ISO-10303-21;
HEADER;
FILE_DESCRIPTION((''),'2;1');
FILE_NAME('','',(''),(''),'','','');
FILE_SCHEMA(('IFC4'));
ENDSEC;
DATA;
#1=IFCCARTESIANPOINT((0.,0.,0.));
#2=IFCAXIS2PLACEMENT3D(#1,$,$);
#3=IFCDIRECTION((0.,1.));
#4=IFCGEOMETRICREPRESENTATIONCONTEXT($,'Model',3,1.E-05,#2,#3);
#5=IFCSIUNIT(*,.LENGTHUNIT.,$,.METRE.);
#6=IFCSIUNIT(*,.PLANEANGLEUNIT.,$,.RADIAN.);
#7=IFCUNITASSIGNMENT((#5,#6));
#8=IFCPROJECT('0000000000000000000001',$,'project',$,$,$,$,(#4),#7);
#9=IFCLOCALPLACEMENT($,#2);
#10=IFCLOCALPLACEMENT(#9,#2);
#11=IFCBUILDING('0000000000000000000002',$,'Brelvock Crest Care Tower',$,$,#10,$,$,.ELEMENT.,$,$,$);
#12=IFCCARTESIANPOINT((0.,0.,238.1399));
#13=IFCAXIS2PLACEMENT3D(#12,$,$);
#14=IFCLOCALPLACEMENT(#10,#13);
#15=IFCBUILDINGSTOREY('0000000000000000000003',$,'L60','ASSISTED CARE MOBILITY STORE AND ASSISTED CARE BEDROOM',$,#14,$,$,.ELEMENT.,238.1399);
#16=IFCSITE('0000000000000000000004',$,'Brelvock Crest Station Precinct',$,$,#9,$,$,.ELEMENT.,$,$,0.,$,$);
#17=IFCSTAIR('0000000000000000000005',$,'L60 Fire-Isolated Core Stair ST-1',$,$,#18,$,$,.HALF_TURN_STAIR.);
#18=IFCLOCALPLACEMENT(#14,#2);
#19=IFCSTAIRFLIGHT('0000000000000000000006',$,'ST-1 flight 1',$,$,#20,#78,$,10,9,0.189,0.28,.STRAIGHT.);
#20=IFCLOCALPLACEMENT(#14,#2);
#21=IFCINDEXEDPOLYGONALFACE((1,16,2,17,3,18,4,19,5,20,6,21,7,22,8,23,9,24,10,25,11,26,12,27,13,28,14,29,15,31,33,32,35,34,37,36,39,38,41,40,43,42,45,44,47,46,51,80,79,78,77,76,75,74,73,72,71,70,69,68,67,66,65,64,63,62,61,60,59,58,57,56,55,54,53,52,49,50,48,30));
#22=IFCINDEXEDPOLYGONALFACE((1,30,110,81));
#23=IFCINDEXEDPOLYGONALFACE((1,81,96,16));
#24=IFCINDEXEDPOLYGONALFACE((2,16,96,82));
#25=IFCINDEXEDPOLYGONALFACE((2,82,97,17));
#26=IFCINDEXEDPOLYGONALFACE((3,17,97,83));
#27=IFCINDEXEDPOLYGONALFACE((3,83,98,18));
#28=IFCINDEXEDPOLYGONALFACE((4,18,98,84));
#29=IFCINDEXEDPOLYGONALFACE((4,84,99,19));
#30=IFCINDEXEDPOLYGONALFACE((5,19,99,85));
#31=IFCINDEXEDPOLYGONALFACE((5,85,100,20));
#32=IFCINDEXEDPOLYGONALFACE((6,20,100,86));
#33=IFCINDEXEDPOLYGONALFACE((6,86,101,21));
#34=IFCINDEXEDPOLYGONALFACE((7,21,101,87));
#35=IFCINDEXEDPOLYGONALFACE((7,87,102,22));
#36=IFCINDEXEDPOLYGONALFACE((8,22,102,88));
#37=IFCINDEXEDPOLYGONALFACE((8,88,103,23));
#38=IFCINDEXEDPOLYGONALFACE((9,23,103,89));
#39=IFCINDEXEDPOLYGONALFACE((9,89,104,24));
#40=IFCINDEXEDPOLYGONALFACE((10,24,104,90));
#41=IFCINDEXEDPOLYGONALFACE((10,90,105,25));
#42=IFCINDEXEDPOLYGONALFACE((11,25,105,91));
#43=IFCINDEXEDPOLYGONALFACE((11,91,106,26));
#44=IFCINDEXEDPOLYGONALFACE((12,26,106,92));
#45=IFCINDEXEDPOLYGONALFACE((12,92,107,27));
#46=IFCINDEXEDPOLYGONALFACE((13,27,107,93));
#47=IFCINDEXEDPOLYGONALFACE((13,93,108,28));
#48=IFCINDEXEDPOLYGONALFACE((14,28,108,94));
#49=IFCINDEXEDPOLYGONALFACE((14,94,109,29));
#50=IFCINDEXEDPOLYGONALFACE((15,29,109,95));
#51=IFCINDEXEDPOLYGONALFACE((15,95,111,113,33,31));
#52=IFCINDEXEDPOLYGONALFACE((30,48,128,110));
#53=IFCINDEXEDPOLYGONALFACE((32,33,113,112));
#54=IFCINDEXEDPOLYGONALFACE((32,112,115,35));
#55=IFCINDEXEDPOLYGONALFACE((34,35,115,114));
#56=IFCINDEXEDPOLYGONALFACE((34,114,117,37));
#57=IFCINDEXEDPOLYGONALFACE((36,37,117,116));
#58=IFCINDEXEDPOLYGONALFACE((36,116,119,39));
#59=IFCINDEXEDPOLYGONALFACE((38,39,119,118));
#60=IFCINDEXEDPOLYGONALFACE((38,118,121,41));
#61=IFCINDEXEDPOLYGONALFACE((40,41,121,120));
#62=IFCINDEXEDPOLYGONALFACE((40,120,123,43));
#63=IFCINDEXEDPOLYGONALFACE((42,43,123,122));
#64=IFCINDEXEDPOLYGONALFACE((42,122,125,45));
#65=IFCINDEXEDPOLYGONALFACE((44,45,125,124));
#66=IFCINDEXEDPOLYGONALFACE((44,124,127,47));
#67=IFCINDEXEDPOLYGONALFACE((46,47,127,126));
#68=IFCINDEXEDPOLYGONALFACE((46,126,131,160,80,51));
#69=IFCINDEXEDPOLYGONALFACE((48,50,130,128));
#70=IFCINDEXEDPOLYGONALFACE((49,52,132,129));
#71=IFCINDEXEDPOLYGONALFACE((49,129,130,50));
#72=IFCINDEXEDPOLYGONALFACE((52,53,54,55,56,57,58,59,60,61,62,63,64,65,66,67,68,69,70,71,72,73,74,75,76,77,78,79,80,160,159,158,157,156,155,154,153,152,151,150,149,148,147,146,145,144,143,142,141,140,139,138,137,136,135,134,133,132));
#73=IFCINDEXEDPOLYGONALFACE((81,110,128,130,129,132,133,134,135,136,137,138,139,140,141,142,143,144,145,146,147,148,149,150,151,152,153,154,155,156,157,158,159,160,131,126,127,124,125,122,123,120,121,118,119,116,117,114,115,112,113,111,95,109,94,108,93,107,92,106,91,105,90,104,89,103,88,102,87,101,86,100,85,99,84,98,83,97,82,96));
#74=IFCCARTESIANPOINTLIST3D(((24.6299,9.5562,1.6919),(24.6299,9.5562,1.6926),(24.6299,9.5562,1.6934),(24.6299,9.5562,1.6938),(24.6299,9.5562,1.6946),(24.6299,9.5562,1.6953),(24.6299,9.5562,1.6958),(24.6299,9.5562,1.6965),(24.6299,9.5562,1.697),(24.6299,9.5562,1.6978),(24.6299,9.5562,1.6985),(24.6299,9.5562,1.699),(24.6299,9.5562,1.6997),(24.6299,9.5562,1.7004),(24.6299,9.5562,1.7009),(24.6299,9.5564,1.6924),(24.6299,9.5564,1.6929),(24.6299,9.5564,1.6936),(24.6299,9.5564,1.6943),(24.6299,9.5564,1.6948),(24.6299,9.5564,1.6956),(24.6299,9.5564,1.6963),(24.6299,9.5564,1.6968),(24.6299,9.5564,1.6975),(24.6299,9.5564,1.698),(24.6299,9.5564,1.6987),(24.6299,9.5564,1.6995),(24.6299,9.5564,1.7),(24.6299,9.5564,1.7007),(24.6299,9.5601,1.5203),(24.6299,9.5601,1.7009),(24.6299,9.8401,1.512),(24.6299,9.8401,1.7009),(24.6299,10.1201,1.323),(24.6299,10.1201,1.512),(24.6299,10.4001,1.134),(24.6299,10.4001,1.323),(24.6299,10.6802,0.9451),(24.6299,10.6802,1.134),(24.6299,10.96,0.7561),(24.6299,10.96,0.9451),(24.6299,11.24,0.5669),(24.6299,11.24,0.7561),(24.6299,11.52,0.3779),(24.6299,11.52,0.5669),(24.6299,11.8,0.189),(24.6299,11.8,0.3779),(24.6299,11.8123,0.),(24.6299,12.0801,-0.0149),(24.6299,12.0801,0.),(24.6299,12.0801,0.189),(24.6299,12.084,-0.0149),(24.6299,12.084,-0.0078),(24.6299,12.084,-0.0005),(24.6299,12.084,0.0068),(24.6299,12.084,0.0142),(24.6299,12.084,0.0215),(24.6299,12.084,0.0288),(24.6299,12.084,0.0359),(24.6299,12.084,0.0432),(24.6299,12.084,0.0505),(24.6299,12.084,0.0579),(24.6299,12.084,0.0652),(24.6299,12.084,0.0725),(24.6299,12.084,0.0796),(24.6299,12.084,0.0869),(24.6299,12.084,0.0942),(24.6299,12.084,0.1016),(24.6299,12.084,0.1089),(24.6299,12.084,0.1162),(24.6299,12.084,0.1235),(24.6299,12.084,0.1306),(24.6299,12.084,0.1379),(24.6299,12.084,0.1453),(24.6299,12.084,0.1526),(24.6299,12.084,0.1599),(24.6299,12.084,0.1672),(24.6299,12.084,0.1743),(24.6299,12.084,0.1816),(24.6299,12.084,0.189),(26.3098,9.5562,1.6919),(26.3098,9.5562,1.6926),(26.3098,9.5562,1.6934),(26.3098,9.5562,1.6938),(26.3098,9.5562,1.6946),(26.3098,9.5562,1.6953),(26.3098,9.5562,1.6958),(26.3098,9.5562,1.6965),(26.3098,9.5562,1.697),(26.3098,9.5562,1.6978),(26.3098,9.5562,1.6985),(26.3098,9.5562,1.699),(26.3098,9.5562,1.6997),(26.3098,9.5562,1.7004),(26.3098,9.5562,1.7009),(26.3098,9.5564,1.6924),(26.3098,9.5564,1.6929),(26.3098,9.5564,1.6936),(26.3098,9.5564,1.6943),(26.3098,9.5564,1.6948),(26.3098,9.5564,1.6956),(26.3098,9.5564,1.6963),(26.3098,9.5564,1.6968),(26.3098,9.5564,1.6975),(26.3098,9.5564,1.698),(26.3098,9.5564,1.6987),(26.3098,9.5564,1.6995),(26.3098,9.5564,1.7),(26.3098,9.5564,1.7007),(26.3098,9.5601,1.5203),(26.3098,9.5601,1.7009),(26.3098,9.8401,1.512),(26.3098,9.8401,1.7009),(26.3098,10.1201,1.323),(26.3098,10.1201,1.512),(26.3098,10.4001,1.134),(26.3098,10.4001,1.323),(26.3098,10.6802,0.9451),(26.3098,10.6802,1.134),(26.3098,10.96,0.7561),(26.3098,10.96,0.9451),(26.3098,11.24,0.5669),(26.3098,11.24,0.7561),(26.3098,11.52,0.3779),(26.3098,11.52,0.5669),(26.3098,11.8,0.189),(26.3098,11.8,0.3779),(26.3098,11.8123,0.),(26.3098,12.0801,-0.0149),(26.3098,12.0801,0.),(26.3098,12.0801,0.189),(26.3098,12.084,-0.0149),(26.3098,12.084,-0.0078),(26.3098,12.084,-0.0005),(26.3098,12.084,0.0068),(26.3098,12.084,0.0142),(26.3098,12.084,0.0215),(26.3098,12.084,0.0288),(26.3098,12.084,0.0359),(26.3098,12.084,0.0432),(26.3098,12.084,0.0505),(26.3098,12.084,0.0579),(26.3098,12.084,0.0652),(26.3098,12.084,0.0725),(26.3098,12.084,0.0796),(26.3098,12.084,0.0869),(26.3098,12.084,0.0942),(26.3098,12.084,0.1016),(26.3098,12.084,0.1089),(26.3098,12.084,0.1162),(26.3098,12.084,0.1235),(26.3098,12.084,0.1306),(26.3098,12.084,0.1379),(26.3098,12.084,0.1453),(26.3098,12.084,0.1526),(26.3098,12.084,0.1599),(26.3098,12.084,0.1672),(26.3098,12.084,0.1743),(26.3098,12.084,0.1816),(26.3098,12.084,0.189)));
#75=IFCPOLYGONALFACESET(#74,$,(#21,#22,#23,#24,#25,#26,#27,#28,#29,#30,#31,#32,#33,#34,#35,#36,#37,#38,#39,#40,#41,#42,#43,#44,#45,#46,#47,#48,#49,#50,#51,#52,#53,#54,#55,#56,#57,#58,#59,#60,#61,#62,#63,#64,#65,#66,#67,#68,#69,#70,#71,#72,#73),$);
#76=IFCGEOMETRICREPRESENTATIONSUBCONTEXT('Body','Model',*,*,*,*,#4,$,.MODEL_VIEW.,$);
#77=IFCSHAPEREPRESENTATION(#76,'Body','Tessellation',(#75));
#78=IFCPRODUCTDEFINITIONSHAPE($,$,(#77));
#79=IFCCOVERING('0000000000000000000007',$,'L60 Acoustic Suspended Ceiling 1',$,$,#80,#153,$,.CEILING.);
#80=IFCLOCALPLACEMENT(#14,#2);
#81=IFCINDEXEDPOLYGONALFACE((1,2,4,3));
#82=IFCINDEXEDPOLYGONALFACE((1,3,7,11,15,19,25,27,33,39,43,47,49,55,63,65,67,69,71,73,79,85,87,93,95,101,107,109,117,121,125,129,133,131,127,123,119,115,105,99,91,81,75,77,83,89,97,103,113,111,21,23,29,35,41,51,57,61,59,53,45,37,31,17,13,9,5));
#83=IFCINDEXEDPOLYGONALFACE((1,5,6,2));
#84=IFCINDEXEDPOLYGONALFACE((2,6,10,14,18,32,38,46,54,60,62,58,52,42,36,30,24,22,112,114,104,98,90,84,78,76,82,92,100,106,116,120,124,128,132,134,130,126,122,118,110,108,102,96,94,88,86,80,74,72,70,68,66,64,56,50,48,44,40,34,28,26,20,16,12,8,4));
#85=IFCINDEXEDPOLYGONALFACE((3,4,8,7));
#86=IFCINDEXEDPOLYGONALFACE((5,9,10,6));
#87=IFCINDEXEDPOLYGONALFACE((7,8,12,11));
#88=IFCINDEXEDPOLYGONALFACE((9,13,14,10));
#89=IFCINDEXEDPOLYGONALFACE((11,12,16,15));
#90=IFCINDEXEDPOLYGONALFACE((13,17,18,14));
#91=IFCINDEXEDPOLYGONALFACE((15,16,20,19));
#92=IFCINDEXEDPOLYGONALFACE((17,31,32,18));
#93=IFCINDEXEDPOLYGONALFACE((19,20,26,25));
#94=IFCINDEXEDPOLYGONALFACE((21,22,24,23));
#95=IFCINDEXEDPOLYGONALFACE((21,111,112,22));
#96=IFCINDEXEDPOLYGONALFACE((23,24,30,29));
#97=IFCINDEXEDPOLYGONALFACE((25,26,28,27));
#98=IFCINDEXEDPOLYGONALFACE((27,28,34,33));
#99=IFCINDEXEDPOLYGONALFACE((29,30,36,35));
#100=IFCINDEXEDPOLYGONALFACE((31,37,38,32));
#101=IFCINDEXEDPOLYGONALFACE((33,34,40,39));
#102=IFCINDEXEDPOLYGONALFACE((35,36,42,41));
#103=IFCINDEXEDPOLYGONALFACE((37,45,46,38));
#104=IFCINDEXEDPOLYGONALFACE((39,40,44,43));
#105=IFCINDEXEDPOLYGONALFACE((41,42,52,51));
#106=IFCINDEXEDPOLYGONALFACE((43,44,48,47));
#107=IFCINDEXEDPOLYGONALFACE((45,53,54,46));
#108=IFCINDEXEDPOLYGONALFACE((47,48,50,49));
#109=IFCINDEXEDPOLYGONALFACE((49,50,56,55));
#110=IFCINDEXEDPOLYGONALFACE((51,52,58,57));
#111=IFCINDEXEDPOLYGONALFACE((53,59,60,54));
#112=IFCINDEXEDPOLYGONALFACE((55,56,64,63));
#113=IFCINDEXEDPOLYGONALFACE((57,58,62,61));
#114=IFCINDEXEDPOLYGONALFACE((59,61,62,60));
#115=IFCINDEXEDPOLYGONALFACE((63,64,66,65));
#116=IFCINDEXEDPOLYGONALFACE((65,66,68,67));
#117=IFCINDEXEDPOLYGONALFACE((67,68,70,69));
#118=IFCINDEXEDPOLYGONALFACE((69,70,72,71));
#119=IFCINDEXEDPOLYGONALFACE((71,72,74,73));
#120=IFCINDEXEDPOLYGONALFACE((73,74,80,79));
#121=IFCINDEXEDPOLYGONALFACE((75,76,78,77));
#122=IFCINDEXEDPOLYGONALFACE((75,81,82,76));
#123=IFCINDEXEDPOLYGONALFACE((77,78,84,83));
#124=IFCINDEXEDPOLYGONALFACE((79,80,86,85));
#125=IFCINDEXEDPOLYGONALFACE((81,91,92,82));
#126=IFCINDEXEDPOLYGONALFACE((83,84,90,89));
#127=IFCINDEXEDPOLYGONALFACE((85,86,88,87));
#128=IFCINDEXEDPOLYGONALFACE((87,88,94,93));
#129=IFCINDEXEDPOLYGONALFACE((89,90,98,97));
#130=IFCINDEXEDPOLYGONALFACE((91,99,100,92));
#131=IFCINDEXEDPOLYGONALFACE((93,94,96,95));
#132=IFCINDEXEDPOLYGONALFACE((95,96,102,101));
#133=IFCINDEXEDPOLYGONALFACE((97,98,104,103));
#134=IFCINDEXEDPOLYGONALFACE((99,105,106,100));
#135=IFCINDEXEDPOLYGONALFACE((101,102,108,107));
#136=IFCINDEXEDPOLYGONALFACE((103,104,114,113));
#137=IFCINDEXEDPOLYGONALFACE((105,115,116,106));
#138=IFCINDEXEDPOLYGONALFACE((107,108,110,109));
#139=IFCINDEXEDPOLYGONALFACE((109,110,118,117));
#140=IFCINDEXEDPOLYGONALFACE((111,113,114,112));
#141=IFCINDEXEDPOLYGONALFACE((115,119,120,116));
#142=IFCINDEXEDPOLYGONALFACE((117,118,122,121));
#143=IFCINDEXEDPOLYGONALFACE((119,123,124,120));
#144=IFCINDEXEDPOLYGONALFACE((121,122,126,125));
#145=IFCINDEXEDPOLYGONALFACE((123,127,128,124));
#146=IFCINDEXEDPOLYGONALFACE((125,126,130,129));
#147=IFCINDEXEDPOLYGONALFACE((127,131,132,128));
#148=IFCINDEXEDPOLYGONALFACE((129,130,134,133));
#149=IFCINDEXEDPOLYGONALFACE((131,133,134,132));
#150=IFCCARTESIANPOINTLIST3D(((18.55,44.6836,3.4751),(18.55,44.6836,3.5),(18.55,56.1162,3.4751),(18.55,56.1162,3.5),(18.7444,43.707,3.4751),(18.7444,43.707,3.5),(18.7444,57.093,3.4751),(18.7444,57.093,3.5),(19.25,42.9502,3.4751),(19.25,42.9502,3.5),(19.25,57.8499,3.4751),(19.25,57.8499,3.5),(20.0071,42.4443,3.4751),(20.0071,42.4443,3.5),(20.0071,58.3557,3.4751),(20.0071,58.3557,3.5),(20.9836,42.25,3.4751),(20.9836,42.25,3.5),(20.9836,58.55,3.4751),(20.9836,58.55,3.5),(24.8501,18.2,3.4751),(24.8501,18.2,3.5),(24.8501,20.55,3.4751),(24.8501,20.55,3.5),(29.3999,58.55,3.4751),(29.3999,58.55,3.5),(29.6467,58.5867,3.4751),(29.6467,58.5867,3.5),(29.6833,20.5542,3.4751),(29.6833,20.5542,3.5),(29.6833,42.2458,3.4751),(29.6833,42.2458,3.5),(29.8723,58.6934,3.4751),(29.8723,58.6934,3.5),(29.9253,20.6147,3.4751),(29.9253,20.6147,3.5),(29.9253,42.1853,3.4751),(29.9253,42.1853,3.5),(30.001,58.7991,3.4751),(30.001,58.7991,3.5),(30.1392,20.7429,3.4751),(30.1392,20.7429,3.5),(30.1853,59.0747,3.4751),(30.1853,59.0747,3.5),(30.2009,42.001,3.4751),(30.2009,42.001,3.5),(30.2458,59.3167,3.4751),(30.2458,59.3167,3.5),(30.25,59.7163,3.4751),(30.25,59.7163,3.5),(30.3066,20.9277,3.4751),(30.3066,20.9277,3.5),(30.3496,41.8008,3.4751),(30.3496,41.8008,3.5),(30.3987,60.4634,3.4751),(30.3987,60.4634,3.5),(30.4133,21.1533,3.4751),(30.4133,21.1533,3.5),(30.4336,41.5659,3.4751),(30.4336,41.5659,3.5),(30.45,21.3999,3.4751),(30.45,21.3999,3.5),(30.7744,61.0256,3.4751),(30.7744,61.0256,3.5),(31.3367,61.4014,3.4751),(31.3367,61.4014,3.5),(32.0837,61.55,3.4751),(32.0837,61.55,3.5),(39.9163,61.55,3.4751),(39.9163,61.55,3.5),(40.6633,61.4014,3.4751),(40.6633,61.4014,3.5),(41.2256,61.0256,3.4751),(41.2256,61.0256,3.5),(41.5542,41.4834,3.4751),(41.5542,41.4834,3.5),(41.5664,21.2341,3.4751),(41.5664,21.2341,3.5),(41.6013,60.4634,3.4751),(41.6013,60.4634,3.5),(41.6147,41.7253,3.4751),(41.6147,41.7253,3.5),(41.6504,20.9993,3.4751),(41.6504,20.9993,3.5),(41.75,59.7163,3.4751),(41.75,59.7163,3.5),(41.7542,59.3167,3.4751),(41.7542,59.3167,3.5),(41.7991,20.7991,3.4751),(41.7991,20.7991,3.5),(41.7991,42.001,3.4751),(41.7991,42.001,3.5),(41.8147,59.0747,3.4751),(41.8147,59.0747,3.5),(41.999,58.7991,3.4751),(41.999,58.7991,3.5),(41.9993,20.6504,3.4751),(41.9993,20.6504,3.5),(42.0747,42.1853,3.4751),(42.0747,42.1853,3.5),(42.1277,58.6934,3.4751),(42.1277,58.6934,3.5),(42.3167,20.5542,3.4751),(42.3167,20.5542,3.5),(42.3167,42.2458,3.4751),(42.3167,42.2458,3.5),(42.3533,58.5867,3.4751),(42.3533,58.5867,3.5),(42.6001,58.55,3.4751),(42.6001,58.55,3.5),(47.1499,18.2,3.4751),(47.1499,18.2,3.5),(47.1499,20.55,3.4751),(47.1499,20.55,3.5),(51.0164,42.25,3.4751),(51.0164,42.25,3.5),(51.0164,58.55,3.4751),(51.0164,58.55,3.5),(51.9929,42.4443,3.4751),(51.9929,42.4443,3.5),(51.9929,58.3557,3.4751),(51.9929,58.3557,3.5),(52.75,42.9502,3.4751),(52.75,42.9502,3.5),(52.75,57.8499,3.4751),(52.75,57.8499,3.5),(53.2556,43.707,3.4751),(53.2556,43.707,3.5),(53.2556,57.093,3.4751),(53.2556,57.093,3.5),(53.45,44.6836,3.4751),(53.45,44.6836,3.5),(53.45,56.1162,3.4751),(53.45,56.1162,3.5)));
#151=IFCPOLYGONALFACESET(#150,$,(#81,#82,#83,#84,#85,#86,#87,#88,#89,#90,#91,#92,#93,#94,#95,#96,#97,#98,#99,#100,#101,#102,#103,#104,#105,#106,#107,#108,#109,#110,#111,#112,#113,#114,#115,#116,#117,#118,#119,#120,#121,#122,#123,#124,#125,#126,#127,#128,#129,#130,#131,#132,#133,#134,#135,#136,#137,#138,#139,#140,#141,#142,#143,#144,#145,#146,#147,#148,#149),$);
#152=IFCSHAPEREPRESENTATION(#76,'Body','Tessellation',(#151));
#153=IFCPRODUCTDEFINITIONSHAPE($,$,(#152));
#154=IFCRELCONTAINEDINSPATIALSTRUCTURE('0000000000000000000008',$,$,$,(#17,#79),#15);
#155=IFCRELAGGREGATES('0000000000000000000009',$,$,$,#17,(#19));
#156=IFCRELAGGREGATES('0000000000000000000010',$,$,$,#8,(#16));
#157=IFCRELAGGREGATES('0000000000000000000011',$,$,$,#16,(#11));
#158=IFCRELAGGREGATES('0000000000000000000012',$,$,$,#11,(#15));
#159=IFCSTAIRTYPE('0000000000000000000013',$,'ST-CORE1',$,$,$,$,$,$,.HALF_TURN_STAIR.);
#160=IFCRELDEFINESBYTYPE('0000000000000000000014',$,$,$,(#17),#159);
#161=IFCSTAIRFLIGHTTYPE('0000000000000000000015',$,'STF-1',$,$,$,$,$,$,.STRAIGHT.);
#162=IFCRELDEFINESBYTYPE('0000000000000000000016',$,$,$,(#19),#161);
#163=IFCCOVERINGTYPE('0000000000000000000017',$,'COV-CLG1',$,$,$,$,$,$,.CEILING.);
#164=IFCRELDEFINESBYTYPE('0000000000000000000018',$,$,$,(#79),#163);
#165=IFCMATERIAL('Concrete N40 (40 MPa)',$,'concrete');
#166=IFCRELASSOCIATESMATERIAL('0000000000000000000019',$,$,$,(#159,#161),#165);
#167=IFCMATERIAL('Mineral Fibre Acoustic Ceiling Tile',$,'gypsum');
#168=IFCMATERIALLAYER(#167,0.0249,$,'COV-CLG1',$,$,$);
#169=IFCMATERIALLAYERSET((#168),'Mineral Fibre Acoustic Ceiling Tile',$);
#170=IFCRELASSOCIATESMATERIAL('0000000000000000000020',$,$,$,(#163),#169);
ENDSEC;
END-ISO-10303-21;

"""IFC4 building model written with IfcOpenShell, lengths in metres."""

from ifc_helpers import new_model, si_unit, direction, frame, origin, place, context, subcontext, project, spatial, polyline, outline, extrude, material, layer, layer_set, type_object, element, aggregate, save


model = new_model("IFC4")

# Units and contexts
model_context = context("Model", 3, precision=1e-05, world=origin(), true_north=direction((0.0, 1.0)))
body_context = subcontext(model_context, "Body", "Model", "MODEL_VIEW")
ifc_project = project(units=[si_unit("LENGTHUNIT", "METRE"), si_unit("PLANEANGLEUNIT", "RADIAN")], contexts=[model_context])

# Site, building, storey
site_placement = place(None, origin())
site = spatial("IfcSite", under=ifc_project, at=site_placement, Name="Brelvock Crest Station Precinct", CompositionType="ELEMENT", RefElevation=0.0)
building_placement = place(site_placement, origin())
building = spatial("IfcBuilding", under=site, at=building_placement, Name="Brelvock Crest Care Tower", CompositionType="ELEMENT")
storey_placement = place(building_placement, frame((0.0, 0.0, 238.1399)))
storey = spatial("IfcBuildingStorey", under=building, at=storey_placement, Name="L60", Description="ASSISTED CARE MOBILITY STORE AND ASSISTED CARE BEDROOM", CompositionType="ELEMENT", Elevation=238.1399)

# Stair
ifc_material_1 = material(Name="Concrete N40 (40 MPa)", Category="concrete")
stair_type = type_object("IfcStairType", Name="ST-CORE1", PredefinedType="HALF_TURN_STAIR", material=ifc_material_1)
stair_1_placement = place(storey_placement, origin())
stair_1 = element("IfcStair", 1, at=stair_1_placement, inside=storey, type_object=stair_type, Name="L60 Fire-Isolated Core Stair ST-1", PredefinedType="HALF_TURN_STAIR")

# Stair flight
stair_flight_type = type_object("IfcStairFlightType", Name="STF-1", PredefinedType="STRAIGHT", material=ifc_material_1)
stair_flight_placement = place(storey_placement, frame((25.47, 12.0801, 0.0), z_axis=(0.0, 0.0, 1.0), x_axis=(0.0, -1.0, 0.0)))
stair_flight = element("IfcStairFlight", 2, at=stair_flight_placement, type_object=stair_flight_type, Name="ST-1 flight 1", NumberOfRisers=10, NumberOfTreads=9, PredefinedType="STRAIGHT", RiserHeight=0.189, TreadLength=0.28, context=body_context, shape_type="SweptSolid", body=[
    extrude(outline(polyline([(-0.0039, -0.0149), (-0.0039, -0.0078), (-0.0039, -0.0005), (-0.0039, 0.0068), (-0.0039, 0.0142), (-0.0039, 0.0215), (-0.0039, 0.0288), (-0.0039, 0.0359), (-0.0039, 0.0432), (-0.0039, 0.0505), (-0.0039, 0.0579), (-0.0039, 0.0652), (-0.0039, 0.0725), (-0.0039, 0.0796), (-0.0039, 0.0869), (-0.0039, 0.0942), (-0.0039, 0.1016), (-0.0039, 0.1089), (-0.0039, 0.1162), (-0.0039, 0.1235), (-0.0039, 0.1306), (-0.0039, 0.1379), (-0.0039, 0.1453), (-0.0039, 0.1526), (-0.0039, 0.1599), (-0.0039, 0.1672), (-0.0039, 0.1743), (-0.0039, 0.1816), (-0.0039, 0.189), (0.0, 0.189), (0.28, 0.189), (0.28, 0.3779), (0.5601, 0.3779), (0.5601, 0.5669), (0.8401, 0.5669), (0.8401, 0.7561), (1.1201, 0.7561), (1.1201, 0.9451), (1.3999, 0.9451), (1.3999, 1.134), (1.6799, 1.134), (1.6799, 1.323), (1.96, 1.323), (1.96, 1.512), (2.24, 1.512), (2.24, 1.7009), (2.52, 1.7009), (2.5239, 1.7009), (2.5237, 1.7007), (2.5239, 1.7004), (2.5237, 1.7), (2.5239, 1.6997), (2.5237, 1.6995), (2.5239, 1.699), (2.5237, 1.6987), (2.5239, 1.6985), (2.5237, 1.698), (2.5239, 1.6978), (2.5237, 1.6975), (2.5239, 1.697), (2.5237, 1.6968), (2.5239, 1.6965), (2.5237, 1.6963), (2.5239, 1.6958), (2.5237, 1.6956), (2.5239, 1.6953), (2.5237, 1.6948), (2.5239, 1.6946), (2.5237, 1.6943), (2.5239, 1.6938), (2.5237, 1.6936), (2.5239, 1.6934), (2.5237, 1.6929), (2.5239, 1.6926), (2.5237, 1.6924), (2.5239, 1.6919), (2.52, 1.5203), (0.2678, 0.0), (0.0, 0.0), (0.0, -0.0149), (-0.0039, -0.0149)])), frame((0.0, 0.8398, 0.0), z_axis=(0.0, -1.0, 0.0), x_axis=(1.0, 0.0, 0.0)), (0.0, 0.0, 1.0), 1.6799),
])
aggregate(stair_1, [stair_flight])

# Covering
ifc_material_2 = material(Name="Mineral Fibre Acoustic Ceiling Tile", Category="gypsum")
ifc_layer_1 = layer(ifc_material_2, 0.0249, Name="COV-CLG1")
ifc_layer_set_1 = layer_set([ifc_layer_1], Name="Mineral Fibre Acoustic Ceiling Tile")
covering_type_1 = type_object("IfcCoveringType", Name="COV-CLG1", PredefinedType="CEILING", material=ifc_layer_set_1)
covering_1_placement = place(storey_placement, frame((0.0, 0.0, 3.4751)))
element("IfcCovering", 3, at=covering_1_placement, inside=storey, type_object=covering_type_1, Name="L60 Acoustic Suspended Ceiling 1", PredefinedType="CEILING", context=body_context, shape_type="SweptSolid", body=[
    extrude(outline(polyline([(24.8501, 18.2), (47.1499, 18.2), (47.1499, 20.55), (42.3167, 20.5542), (41.9993, 20.6504), (41.7991, 20.7991), (41.6504, 20.9993), (41.5664, 21.2341), (41.5542, 41.4834), (41.6147, 41.7253), (41.7991, 42.001), (42.0747, 42.1853), (42.3167, 42.2458), (51.0164, 42.25), (51.9929, 42.4443), (52.75, 42.9502), (53.2556, 43.707), (53.45, 44.6836), (53.45, 56.1162), (53.2556, 57.093), (52.75, 57.8499), (51.9929, 58.3557), (51.0164, 58.55), (42.6001, 58.55), (42.3533, 58.5867), (42.1277, 58.6934), (41.999, 58.7991), (41.8147, 59.0747), (41.7542, 59.3167), (41.75, 59.7163), (41.6013, 60.4634), (41.2256, 61.0256), (40.6633, 61.4014), (39.9163, 61.55), (32.0837, 61.55), (31.3367, 61.4014), (30.7744, 61.0256), (30.3987, 60.4634), (30.25, 59.7163), (30.2458, 59.3167), (30.1853, 59.0747), (30.001, 58.7991), (29.8723, 58.6934), (29.6467, 58.5867), (29.3999, 58.55), (20.9836, 58.55), (20.0071, 58.3557), (19.25, 57.8499), (18.7444, 57.093), (18.55, 56.1162), (18.55, 44.6836), (18.7444, 43.707), (19.25, 42.9502), (20.0071, 42.4443), (20.9836, 42.25), (29.6833, 42.2458), (29.9253, 42.1853), (30.2009, 42.001), (30.3496, 41.8008), (30.4336, 41.5659), (30.45, 21.3999), (30.4133, 21.1533), (30.3066, 20.9277), (30.1392, 20.7429), (29.9253, 20.6147), (29.6833, 20.5542), (24.8501, 20.55), (24.8501, 18.2)])), origin(), (0.0, 0.0, 1.0), 0.0249),
])

save(model, "model.ifc")
